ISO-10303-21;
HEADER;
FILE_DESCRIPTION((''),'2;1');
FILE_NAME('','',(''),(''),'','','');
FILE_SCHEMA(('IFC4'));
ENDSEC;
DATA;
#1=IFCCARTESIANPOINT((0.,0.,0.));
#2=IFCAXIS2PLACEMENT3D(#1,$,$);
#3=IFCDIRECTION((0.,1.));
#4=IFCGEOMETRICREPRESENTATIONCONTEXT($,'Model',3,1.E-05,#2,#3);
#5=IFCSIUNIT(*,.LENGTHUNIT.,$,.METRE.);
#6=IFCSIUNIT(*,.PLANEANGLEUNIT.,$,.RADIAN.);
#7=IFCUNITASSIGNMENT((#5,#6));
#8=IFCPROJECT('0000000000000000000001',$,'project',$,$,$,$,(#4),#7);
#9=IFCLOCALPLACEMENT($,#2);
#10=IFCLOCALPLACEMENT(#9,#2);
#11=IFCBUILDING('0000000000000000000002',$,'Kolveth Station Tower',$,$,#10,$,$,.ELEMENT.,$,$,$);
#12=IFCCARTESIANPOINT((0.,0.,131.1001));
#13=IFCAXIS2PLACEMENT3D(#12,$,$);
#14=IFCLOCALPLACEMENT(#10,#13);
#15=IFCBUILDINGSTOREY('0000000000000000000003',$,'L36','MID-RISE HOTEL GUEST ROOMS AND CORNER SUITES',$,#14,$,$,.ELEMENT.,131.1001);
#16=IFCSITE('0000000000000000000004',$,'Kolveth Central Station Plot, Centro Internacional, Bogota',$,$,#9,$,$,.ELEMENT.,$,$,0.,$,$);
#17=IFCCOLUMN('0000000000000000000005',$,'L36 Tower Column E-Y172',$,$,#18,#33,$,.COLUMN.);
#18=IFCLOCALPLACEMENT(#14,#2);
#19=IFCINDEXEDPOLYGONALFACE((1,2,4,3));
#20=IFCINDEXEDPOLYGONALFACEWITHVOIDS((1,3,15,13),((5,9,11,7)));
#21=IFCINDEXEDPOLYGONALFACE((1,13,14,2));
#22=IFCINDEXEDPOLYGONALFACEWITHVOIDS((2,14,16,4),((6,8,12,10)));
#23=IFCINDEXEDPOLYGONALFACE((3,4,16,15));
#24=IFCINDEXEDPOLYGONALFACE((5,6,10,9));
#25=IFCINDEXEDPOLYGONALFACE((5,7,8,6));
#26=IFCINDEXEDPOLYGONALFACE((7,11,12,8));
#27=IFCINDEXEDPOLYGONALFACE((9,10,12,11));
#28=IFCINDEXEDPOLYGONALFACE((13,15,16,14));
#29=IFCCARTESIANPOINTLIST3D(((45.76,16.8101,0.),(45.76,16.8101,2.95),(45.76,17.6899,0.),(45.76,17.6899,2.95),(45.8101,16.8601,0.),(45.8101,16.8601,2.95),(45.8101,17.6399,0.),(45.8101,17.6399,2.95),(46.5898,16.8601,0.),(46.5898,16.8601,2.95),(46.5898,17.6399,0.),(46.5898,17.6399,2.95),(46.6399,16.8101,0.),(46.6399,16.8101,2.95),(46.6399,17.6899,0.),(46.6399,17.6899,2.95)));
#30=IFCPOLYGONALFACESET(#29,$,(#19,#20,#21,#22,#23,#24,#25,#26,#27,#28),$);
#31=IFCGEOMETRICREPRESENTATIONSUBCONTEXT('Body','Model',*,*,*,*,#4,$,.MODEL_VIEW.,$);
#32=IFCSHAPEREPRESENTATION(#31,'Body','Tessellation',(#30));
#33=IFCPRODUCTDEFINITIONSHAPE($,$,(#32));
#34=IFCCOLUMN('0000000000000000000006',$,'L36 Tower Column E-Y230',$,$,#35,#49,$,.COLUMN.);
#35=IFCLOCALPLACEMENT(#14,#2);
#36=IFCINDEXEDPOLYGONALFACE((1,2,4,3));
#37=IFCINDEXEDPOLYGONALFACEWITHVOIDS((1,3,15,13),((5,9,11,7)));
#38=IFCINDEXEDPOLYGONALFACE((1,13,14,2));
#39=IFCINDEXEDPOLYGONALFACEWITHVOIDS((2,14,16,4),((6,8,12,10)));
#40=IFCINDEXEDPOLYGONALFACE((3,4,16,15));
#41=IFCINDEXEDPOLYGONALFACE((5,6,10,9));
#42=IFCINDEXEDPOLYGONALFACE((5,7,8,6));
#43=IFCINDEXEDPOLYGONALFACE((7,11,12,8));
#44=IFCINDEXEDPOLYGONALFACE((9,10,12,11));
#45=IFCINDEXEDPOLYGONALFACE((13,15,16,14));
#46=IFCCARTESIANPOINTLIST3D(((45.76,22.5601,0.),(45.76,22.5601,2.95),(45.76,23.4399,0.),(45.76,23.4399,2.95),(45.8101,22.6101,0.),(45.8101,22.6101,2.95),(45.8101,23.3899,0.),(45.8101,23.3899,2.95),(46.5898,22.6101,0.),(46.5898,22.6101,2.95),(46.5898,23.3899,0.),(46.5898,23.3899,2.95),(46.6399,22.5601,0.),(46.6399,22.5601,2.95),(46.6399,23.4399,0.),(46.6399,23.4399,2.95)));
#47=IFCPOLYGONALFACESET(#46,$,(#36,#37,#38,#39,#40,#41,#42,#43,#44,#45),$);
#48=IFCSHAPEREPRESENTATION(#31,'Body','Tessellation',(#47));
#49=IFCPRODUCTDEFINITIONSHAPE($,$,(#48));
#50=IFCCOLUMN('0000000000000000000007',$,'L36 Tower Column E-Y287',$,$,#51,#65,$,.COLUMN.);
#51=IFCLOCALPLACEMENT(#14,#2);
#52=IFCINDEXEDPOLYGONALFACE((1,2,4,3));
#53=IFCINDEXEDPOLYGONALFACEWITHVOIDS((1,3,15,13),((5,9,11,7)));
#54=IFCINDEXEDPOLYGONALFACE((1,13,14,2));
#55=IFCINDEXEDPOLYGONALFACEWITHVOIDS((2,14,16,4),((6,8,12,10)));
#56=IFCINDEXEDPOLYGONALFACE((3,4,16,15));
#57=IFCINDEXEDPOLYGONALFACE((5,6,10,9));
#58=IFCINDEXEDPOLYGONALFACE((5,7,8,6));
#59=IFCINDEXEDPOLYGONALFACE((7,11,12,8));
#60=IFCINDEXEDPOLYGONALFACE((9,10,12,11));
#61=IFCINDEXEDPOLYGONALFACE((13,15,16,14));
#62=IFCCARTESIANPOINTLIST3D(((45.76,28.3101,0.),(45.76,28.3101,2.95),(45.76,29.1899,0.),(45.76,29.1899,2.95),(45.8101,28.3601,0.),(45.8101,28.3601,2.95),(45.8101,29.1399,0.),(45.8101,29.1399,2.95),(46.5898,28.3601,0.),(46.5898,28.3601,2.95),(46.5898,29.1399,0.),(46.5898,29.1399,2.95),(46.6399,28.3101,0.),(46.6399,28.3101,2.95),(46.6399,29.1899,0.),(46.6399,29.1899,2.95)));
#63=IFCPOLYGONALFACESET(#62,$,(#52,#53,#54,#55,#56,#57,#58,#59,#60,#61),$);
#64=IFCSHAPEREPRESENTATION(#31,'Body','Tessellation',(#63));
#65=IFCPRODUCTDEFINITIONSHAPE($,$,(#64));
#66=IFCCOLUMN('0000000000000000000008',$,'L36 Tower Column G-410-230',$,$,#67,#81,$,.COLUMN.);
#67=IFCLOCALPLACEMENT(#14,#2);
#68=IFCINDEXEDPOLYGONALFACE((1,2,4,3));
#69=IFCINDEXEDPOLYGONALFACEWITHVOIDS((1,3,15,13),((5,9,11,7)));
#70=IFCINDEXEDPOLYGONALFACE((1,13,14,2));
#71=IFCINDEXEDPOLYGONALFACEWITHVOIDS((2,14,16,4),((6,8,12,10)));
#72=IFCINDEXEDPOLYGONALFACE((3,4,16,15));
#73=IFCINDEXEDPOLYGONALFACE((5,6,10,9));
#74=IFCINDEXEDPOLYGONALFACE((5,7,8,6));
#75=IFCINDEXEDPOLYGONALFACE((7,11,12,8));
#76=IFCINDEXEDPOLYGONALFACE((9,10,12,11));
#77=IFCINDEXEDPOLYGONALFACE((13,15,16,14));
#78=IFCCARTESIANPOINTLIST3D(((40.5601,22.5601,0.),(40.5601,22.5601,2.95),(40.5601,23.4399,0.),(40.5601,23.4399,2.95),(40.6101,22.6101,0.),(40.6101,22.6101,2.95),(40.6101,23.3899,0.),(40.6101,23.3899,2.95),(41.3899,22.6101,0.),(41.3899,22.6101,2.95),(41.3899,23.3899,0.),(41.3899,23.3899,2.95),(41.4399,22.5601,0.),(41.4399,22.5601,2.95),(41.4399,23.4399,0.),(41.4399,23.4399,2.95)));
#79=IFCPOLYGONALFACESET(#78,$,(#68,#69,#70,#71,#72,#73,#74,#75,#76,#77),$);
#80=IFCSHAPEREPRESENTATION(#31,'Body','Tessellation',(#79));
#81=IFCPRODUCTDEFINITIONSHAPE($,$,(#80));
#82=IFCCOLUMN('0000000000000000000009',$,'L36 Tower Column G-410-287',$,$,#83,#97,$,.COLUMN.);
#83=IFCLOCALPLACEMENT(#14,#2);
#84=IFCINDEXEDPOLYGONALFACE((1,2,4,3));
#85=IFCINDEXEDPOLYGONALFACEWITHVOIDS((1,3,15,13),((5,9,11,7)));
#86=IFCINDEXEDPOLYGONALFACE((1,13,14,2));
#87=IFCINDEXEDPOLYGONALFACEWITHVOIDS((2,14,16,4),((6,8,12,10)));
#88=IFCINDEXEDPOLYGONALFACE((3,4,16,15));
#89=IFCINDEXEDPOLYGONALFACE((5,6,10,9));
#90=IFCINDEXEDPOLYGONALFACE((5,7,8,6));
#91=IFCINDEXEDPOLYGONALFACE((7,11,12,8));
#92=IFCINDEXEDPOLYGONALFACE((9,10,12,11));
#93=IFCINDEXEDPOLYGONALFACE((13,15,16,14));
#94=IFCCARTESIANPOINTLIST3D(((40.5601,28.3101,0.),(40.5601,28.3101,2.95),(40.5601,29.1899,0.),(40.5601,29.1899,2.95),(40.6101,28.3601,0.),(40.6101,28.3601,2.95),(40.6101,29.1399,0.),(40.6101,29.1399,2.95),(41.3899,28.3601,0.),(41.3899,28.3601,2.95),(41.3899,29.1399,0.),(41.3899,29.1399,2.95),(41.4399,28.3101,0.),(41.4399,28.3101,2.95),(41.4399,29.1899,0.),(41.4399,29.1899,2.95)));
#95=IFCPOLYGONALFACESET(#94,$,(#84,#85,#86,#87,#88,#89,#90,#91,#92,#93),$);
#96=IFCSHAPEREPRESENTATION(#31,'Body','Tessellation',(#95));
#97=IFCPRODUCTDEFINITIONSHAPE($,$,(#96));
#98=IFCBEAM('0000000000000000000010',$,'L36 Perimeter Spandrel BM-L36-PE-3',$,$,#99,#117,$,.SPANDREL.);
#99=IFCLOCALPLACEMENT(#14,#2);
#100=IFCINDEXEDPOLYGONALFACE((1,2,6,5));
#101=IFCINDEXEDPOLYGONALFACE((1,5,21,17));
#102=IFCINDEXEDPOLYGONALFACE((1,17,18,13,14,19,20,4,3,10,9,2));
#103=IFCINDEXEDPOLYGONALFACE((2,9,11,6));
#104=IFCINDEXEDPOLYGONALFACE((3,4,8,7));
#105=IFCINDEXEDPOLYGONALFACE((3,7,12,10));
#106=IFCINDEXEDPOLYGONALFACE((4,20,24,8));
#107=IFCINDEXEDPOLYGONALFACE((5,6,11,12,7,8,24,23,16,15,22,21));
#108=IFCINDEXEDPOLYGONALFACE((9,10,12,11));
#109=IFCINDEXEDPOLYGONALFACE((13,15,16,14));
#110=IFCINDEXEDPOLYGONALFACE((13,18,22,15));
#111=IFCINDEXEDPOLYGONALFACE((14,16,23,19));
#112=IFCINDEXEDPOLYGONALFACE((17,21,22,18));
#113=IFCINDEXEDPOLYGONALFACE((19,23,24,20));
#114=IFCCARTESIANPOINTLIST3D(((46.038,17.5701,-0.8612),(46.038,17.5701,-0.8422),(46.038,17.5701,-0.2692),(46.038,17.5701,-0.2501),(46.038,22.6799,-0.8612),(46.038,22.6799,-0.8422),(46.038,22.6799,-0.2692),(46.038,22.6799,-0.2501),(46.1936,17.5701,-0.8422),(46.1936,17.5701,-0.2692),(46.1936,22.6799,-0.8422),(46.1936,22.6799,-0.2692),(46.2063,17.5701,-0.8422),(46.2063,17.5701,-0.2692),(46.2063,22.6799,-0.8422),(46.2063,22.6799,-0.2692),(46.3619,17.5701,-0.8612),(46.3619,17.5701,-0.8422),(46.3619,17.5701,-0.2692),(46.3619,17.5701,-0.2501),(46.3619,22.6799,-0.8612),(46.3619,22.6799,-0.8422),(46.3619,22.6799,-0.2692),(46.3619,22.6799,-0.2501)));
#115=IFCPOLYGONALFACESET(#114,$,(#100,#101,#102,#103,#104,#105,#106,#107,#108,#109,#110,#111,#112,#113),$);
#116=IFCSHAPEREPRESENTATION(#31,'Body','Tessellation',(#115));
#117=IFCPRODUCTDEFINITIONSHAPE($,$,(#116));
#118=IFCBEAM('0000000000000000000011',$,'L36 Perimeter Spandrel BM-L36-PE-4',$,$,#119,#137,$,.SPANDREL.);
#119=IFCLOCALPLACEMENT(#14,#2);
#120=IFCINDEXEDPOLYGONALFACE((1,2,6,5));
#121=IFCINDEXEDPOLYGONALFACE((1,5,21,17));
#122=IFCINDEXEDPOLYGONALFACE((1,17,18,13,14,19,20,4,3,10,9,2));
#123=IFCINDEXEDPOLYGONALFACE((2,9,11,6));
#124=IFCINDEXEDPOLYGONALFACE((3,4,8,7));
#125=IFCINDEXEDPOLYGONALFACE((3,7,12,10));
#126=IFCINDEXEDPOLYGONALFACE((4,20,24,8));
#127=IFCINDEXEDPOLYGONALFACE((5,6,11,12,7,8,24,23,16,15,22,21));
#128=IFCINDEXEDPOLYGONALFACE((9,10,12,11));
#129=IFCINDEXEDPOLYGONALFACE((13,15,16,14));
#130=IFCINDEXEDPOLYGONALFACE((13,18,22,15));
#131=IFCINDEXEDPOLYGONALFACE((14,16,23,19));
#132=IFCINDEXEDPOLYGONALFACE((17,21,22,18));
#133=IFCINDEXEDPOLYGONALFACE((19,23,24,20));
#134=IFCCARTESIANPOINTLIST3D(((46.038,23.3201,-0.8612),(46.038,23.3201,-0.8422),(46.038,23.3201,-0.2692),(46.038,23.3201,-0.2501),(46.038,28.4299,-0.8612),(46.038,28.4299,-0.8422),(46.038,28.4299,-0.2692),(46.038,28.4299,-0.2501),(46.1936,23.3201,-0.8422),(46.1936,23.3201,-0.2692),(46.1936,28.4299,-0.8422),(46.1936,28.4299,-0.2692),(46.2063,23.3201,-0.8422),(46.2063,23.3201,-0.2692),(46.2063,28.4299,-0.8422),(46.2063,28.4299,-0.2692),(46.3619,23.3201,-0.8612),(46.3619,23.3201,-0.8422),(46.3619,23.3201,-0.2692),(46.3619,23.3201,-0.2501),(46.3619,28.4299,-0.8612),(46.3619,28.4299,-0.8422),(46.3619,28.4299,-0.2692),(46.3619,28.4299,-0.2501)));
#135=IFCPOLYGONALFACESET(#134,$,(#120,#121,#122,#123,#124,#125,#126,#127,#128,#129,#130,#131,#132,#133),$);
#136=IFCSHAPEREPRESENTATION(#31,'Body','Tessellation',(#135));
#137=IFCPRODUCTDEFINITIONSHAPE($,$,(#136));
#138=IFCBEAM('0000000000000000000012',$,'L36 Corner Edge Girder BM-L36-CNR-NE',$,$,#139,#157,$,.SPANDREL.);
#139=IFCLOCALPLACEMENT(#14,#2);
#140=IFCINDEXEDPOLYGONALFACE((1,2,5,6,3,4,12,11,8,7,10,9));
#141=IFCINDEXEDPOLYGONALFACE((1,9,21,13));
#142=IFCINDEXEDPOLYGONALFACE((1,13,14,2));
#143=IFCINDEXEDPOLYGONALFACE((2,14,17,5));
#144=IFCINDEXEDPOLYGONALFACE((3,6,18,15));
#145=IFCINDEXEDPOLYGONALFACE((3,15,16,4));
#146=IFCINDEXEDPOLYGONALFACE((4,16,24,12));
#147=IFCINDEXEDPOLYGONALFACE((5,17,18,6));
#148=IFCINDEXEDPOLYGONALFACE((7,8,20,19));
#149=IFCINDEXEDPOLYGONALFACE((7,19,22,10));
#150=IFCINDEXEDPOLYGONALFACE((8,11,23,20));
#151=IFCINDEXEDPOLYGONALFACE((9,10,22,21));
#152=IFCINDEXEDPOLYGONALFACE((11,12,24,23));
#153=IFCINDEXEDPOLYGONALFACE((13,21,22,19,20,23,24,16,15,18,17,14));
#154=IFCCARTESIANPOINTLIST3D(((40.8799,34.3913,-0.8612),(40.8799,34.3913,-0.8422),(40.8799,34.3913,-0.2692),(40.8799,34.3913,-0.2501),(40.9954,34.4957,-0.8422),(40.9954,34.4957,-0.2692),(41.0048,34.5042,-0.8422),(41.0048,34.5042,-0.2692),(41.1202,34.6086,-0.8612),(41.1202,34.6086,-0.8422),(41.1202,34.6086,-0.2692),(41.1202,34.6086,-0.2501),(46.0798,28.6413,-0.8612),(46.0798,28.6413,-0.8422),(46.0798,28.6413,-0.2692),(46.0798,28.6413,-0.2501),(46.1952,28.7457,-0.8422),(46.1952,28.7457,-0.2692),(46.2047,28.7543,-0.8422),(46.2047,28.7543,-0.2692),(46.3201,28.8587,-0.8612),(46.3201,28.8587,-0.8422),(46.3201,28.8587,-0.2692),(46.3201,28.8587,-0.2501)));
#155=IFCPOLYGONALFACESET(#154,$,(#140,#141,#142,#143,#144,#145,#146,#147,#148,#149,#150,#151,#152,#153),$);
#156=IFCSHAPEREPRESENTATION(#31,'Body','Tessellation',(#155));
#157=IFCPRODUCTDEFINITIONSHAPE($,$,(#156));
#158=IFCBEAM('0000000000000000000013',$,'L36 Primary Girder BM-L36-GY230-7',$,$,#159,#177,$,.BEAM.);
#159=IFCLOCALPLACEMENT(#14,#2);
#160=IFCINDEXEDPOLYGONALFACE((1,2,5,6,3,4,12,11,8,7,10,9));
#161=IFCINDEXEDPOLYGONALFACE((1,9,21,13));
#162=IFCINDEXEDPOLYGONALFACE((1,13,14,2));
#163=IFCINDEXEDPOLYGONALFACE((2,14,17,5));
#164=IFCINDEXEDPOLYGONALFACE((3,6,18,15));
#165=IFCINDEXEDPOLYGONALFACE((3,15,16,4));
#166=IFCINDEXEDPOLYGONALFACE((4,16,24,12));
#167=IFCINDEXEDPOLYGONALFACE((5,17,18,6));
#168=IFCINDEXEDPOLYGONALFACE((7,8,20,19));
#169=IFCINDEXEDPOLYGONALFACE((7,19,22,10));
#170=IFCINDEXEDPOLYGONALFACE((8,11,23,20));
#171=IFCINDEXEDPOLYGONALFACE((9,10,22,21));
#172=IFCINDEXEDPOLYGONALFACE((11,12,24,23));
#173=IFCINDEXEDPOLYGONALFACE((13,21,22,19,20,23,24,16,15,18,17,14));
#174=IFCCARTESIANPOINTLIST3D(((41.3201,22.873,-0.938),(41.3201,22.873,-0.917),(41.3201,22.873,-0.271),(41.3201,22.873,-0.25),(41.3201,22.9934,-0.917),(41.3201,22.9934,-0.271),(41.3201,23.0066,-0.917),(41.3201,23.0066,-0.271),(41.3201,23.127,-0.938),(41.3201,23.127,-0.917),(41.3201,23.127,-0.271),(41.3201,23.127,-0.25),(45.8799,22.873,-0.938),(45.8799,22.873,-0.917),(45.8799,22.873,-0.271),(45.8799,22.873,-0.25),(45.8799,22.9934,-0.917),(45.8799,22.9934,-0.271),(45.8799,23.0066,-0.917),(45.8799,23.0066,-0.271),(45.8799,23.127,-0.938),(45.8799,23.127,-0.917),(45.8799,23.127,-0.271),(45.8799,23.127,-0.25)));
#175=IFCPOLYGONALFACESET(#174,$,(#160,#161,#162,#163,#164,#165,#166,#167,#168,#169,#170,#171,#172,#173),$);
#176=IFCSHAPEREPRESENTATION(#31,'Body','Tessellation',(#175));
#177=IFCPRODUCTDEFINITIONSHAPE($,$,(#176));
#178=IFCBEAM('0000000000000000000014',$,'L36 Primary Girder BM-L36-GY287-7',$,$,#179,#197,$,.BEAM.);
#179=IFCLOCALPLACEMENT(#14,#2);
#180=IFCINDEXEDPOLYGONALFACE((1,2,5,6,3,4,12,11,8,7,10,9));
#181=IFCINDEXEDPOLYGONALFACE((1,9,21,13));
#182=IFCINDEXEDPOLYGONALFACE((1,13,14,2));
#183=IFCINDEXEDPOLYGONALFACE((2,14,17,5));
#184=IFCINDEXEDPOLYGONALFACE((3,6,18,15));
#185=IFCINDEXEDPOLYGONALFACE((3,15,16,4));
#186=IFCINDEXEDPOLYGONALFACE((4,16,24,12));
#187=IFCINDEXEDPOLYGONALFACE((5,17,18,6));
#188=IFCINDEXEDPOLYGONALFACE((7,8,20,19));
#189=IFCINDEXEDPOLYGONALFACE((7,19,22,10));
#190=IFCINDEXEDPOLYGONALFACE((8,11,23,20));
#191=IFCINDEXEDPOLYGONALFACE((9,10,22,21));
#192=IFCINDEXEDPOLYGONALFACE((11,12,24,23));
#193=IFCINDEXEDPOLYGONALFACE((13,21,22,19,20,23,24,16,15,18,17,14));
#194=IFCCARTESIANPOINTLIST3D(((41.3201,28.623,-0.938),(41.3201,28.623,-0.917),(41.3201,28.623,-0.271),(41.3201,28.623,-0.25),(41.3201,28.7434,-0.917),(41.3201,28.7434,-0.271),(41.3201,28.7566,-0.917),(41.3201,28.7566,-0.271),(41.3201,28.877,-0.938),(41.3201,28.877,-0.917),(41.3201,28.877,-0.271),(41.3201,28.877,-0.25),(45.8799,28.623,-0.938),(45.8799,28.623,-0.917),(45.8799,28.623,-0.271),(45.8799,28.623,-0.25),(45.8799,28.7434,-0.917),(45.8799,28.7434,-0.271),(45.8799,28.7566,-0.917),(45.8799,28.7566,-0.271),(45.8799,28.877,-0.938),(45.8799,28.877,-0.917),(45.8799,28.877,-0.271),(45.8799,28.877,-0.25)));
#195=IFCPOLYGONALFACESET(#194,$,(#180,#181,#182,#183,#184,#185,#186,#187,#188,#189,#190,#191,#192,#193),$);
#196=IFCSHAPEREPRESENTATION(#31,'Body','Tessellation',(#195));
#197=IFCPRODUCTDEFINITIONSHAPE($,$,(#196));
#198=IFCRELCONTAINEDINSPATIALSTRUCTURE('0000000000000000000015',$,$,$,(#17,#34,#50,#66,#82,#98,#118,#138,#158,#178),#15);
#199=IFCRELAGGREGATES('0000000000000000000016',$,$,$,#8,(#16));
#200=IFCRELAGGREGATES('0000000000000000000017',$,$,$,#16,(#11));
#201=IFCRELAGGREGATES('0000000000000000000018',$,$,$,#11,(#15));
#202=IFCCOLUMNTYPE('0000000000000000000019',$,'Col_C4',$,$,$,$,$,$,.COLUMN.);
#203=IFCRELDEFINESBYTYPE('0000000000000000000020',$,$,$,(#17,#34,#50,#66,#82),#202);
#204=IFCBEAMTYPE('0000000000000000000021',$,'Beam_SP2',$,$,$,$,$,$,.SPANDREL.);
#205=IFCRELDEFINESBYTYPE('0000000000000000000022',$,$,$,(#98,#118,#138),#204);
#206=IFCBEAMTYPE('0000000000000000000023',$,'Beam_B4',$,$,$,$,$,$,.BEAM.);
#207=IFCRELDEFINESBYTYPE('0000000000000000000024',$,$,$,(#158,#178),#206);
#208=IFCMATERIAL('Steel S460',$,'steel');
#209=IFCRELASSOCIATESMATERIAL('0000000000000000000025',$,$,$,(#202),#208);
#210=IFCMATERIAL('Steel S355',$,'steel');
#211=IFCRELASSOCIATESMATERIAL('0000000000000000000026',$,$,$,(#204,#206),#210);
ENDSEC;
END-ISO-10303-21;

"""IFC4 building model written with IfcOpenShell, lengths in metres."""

from ifc_helpers import new_model, si_unit, direction, frame, origin, origin_2d, place, context, subcontext, project, spatial, hollow_rectangle, i_section, extrude, source, transform, mapped, material, material_profile, profile_set, type_object, element, save


model = new_model("IFC4")

# Units and contexts
model_context = context("Model", 3, precision=1e-05, world=origin(), true_north=direction((0.0, 1.0)))
body_context = subcontext(model_context, "Body", "Model", "MODEL_VIEW")
ifc_project = project(units=[si_unit("LENGTHUNIT", "METRE"), si_unit("PLANEANGLEUNIT", "RADIAN")], contexts=[model_context])

# Site, building, storey
site_placement = place(None, origin())
site = spatial("IfcSite", under=ifc_project, at=site_placement, Name="Kolveth Central Station Plot, Centro Internacional, Bogota", CompositionType="ELEMENT", RefElevation=0.0)
building_placement = place(site_placement, origin())
building = spatial("IfcBuilding", under=site, at=building_placement, Name="Kolveth Station Tower", CompositionType="ELEMENT")
storey_placement = place(building_placement, frame((0.0, 0.0, 131.1001)))
storey = spatial("IfcBuildingStorey", under=building, at=storey_placement, Name="L36", Description="MID-RISE HOTEL GUEST ROOMS AND CORNER SUITES", CompositionType="ELEMENT", Elevation=131.1001)

# Columns
ifc_material_1 = material(Name="Steel S460", Category="steel")
ifc_material_profile_1 = material_profile(ifc_material_1, hollow_rectangle(XDim=0.8799, YDim=0.8799, WallThickness=0.05, at=origin_2d()), Name="BOX880x880x50")
ifc_profile_set_1 = profile_set([ifc_material_profile_1], Name="Steel S460")
column_type = type_object("IfcColumnType", Name="Col_C4", PredefinedType="COLUMN", material=ifc_profile_set_1)
shared_shape_1 = source(origin(), body_context, "Body", "SweptSolid", [
    extrude(hollow_rectangle(XDim=0.8799, YDim=0.8799, WallThickness=0.05, at=origin_2d()), origin(), (0.0, 0.0, 1.0), 2.95),
])
for number, where, z_axis, x_axis, name in (
    (1, (46.2, 17.25, 0.0), (0.0, 0.0, 1.0), (1.0, 0.0, 0.0), "L36 Tower Column E-Y172"),
    (2, (46.2, 23.0, 0.0), (0.0, 0.0, 1.0), (1.0, 0.0, 0.0), "L36 Tower Column E-Y230"),
    (3, (46.2, 28.75, 0.0), (0.0, 0.0, 1.0), (1.0, 0.0, 0.0), "L36 Tower Column E-Y287"),
    (4, (41.0, 23.0, 0.0), (0.0, 0.0, 1.0), (1.0, 0.0, 0.0), "L36 Tower Column G-410-230"),
    (5, (41.0, 28.75, 0.0), (0.0, 0.0, 1.0), (1.0, 0.0, 0.0), "L36 Tower Column G-410-287"),
):
    element("IfcColumn", number, at=place(storey_placement, frame(where, z_axis=z_axis, x_axis=x_axis)), inside=storey, type_object=column_type, Name=name, PredefinedType="COLUMN", context=body_context, shape_type="MappedRepresentation", body=[
        mapped(shared_shape_1, transform((0.0, 0.0, 0.0), x_axis=(1.0, 0.0, 0.0), y_axis=(0.0, 1.0, 0.0), z_axis=(0.0, 0.0, 1.0), scale=1.0)),
    ])

# Beams
ifc_material_2 = material(Name="Steel S355", Category="steel")
ifc_material_profile_2 = material_profile(ifc_material_2, i_section(OverallWidth=0.324, OverallDepth=0.6111, WebThickness=0.0127, FlangeThickness=0.019, at=origin_2d()), Name="W610x155")
ifc_profile_set_2 = profile_set([ifc_material_profile_2], Name="Steel S355")
beam_type_1 = type_object("IfcBeamType", Name="Beam_SP2", PredefinedType="SPANDREL", material=ifc_profile_set_2)
shared_shape_2 = source(origin(), body_context, "Body", "SweptSolid", [
    extrude(i_section(OverallWidth=0.324, OverallDepth=0.6111, WebThickness=0.0127, FlangeThickness=0.019, at=origin_2d()), origin(), (0.0, 0.0, 1.0), 5.1099),
])
for number, where, z_axis, x_axis, name in (
    (6, (46.2, 17.5701, -0.5557), (0.0, 1.0, 0.0), (-1.0, 0.0, 0.0), "L36 Perimeter Spandrel BM-L36-PE-3"),
    (7, (46.2, 23.3201, -0.5557), (0.0, 1.0, 0.0), (-1.0, 0.0, 0.0), "L36 Perimeter Spandrel BM-L36-PE-4"),
):
    element("IfcBeam", number, at=place(storey_placement, frame(where, z_axis=z_axis, x_axis=x_axis)), inside=storey, type_object=beam_type_1, Name=name, PredefinedType="SPANDREL", context=body_context, shape_type="MappedRepresentation", body=[
        mapped(shared_shape_2, transform((0.0, 0.0, 0.0), x_axis=(1.0, 0.0, 0.0), y_axis=(0.0, 1.0, 0.0), z_axis=(0.0, 0.0, 1.0), scale=1.0)),
    ])
shared_shape_3 = source(origin(), body_context, "Body", "SweptSolid", [
    extrude(i_section(OverallWidth=0.324, OverallDepth=0.6111, WebThickness=0.0127, FlangeThickness=0.019, at=origin_2d()), origin(), (0.0, 0.0, 1.0), 7.7524),
])
beam_placement = place(storey_placement, frame((46.2, 28.75, -0.5557), z_axis=(-0.670741, 0.741692, 0.0), x_axis=(-0.741692, -0.670741, 0.0)))
element("IfcBeam", 8, at=beam_placement, inside=storey, type_object=beam_type_1, Name="L36 Corner Edge Girder BM-L36-CNR-NE", PredefinedType="SPANDREL", context=body_context, shape_type="MappedRepresentation", body=[
    mapped(shared_shape_3, transform((0.0, 0.0, 0.0), x_axis=(1.0, 0.0, 0.0), y_axis=(0.0, 1.0, 0.0), z_axis=(0.0, 0.0, 1.0), scale=1.0)),
])
ifc_material_profile_3 = material_profile(ifc_material_2, i_section(OverallWidth=0.2539, OverallDepth=0.688, WebThickness=0.0132, FlangeThickness=0.021, at=origin_2d()), Name="W690x152")
ifc_profile_set_3 = profile_set([ifc_material_profile_3], Name="Steel S355")
beam_type_2 = type_object("IfcBeamType", Name="Beam_B4", PredefinedType="BEAM", material=ifc_profile_set_3)
shared_shape_4 = source(origin(), body_context, "Body", "SweptSolid", [
    extrude(i_section(OverallWidth=0.2539, OverallDepth=0.688, WebThickness=0.0132, FlangeThickness=0.021, at=origin_2d()), origin(), (0.0, 0.0, 1.0), 4.5598),
])
for number, where, z_axis, x_axis, name in (
    (9, (41.3201, 23.0, -0.594), (1.0, 0.0, 0.0), (0.0, 1.0, 0.0), "L36 Primary Girder BM-L36-GY230-7"),
    (10, (41.3201, 28.75, -0.594), (1.0, 0.0, 0.0), (0.0, 1.0, 0.0), "L36 Primary Girder BM-L36-GY287-7"),
):
    element("IfcBeam", number, at=place(storey_placement, frame(where, z_axis=z_axis, x_axis=x_axis)), inside=storey, type_object=beam_type_2, Name=name, PredefinedType="BEAM", context=body_context, shape_type="MappedRepresentation", body=[
        mapped(shared_shape_4, transform((0.0, 0.0, 0.0), x_axis=(1.0, 0.0, 0.0), y_axis=(0.0, 1.0, 0.0), z_axis=(0.0, 0.0, 1.0), scale=1.0)),
    ])

save(model, "model.ifc")
